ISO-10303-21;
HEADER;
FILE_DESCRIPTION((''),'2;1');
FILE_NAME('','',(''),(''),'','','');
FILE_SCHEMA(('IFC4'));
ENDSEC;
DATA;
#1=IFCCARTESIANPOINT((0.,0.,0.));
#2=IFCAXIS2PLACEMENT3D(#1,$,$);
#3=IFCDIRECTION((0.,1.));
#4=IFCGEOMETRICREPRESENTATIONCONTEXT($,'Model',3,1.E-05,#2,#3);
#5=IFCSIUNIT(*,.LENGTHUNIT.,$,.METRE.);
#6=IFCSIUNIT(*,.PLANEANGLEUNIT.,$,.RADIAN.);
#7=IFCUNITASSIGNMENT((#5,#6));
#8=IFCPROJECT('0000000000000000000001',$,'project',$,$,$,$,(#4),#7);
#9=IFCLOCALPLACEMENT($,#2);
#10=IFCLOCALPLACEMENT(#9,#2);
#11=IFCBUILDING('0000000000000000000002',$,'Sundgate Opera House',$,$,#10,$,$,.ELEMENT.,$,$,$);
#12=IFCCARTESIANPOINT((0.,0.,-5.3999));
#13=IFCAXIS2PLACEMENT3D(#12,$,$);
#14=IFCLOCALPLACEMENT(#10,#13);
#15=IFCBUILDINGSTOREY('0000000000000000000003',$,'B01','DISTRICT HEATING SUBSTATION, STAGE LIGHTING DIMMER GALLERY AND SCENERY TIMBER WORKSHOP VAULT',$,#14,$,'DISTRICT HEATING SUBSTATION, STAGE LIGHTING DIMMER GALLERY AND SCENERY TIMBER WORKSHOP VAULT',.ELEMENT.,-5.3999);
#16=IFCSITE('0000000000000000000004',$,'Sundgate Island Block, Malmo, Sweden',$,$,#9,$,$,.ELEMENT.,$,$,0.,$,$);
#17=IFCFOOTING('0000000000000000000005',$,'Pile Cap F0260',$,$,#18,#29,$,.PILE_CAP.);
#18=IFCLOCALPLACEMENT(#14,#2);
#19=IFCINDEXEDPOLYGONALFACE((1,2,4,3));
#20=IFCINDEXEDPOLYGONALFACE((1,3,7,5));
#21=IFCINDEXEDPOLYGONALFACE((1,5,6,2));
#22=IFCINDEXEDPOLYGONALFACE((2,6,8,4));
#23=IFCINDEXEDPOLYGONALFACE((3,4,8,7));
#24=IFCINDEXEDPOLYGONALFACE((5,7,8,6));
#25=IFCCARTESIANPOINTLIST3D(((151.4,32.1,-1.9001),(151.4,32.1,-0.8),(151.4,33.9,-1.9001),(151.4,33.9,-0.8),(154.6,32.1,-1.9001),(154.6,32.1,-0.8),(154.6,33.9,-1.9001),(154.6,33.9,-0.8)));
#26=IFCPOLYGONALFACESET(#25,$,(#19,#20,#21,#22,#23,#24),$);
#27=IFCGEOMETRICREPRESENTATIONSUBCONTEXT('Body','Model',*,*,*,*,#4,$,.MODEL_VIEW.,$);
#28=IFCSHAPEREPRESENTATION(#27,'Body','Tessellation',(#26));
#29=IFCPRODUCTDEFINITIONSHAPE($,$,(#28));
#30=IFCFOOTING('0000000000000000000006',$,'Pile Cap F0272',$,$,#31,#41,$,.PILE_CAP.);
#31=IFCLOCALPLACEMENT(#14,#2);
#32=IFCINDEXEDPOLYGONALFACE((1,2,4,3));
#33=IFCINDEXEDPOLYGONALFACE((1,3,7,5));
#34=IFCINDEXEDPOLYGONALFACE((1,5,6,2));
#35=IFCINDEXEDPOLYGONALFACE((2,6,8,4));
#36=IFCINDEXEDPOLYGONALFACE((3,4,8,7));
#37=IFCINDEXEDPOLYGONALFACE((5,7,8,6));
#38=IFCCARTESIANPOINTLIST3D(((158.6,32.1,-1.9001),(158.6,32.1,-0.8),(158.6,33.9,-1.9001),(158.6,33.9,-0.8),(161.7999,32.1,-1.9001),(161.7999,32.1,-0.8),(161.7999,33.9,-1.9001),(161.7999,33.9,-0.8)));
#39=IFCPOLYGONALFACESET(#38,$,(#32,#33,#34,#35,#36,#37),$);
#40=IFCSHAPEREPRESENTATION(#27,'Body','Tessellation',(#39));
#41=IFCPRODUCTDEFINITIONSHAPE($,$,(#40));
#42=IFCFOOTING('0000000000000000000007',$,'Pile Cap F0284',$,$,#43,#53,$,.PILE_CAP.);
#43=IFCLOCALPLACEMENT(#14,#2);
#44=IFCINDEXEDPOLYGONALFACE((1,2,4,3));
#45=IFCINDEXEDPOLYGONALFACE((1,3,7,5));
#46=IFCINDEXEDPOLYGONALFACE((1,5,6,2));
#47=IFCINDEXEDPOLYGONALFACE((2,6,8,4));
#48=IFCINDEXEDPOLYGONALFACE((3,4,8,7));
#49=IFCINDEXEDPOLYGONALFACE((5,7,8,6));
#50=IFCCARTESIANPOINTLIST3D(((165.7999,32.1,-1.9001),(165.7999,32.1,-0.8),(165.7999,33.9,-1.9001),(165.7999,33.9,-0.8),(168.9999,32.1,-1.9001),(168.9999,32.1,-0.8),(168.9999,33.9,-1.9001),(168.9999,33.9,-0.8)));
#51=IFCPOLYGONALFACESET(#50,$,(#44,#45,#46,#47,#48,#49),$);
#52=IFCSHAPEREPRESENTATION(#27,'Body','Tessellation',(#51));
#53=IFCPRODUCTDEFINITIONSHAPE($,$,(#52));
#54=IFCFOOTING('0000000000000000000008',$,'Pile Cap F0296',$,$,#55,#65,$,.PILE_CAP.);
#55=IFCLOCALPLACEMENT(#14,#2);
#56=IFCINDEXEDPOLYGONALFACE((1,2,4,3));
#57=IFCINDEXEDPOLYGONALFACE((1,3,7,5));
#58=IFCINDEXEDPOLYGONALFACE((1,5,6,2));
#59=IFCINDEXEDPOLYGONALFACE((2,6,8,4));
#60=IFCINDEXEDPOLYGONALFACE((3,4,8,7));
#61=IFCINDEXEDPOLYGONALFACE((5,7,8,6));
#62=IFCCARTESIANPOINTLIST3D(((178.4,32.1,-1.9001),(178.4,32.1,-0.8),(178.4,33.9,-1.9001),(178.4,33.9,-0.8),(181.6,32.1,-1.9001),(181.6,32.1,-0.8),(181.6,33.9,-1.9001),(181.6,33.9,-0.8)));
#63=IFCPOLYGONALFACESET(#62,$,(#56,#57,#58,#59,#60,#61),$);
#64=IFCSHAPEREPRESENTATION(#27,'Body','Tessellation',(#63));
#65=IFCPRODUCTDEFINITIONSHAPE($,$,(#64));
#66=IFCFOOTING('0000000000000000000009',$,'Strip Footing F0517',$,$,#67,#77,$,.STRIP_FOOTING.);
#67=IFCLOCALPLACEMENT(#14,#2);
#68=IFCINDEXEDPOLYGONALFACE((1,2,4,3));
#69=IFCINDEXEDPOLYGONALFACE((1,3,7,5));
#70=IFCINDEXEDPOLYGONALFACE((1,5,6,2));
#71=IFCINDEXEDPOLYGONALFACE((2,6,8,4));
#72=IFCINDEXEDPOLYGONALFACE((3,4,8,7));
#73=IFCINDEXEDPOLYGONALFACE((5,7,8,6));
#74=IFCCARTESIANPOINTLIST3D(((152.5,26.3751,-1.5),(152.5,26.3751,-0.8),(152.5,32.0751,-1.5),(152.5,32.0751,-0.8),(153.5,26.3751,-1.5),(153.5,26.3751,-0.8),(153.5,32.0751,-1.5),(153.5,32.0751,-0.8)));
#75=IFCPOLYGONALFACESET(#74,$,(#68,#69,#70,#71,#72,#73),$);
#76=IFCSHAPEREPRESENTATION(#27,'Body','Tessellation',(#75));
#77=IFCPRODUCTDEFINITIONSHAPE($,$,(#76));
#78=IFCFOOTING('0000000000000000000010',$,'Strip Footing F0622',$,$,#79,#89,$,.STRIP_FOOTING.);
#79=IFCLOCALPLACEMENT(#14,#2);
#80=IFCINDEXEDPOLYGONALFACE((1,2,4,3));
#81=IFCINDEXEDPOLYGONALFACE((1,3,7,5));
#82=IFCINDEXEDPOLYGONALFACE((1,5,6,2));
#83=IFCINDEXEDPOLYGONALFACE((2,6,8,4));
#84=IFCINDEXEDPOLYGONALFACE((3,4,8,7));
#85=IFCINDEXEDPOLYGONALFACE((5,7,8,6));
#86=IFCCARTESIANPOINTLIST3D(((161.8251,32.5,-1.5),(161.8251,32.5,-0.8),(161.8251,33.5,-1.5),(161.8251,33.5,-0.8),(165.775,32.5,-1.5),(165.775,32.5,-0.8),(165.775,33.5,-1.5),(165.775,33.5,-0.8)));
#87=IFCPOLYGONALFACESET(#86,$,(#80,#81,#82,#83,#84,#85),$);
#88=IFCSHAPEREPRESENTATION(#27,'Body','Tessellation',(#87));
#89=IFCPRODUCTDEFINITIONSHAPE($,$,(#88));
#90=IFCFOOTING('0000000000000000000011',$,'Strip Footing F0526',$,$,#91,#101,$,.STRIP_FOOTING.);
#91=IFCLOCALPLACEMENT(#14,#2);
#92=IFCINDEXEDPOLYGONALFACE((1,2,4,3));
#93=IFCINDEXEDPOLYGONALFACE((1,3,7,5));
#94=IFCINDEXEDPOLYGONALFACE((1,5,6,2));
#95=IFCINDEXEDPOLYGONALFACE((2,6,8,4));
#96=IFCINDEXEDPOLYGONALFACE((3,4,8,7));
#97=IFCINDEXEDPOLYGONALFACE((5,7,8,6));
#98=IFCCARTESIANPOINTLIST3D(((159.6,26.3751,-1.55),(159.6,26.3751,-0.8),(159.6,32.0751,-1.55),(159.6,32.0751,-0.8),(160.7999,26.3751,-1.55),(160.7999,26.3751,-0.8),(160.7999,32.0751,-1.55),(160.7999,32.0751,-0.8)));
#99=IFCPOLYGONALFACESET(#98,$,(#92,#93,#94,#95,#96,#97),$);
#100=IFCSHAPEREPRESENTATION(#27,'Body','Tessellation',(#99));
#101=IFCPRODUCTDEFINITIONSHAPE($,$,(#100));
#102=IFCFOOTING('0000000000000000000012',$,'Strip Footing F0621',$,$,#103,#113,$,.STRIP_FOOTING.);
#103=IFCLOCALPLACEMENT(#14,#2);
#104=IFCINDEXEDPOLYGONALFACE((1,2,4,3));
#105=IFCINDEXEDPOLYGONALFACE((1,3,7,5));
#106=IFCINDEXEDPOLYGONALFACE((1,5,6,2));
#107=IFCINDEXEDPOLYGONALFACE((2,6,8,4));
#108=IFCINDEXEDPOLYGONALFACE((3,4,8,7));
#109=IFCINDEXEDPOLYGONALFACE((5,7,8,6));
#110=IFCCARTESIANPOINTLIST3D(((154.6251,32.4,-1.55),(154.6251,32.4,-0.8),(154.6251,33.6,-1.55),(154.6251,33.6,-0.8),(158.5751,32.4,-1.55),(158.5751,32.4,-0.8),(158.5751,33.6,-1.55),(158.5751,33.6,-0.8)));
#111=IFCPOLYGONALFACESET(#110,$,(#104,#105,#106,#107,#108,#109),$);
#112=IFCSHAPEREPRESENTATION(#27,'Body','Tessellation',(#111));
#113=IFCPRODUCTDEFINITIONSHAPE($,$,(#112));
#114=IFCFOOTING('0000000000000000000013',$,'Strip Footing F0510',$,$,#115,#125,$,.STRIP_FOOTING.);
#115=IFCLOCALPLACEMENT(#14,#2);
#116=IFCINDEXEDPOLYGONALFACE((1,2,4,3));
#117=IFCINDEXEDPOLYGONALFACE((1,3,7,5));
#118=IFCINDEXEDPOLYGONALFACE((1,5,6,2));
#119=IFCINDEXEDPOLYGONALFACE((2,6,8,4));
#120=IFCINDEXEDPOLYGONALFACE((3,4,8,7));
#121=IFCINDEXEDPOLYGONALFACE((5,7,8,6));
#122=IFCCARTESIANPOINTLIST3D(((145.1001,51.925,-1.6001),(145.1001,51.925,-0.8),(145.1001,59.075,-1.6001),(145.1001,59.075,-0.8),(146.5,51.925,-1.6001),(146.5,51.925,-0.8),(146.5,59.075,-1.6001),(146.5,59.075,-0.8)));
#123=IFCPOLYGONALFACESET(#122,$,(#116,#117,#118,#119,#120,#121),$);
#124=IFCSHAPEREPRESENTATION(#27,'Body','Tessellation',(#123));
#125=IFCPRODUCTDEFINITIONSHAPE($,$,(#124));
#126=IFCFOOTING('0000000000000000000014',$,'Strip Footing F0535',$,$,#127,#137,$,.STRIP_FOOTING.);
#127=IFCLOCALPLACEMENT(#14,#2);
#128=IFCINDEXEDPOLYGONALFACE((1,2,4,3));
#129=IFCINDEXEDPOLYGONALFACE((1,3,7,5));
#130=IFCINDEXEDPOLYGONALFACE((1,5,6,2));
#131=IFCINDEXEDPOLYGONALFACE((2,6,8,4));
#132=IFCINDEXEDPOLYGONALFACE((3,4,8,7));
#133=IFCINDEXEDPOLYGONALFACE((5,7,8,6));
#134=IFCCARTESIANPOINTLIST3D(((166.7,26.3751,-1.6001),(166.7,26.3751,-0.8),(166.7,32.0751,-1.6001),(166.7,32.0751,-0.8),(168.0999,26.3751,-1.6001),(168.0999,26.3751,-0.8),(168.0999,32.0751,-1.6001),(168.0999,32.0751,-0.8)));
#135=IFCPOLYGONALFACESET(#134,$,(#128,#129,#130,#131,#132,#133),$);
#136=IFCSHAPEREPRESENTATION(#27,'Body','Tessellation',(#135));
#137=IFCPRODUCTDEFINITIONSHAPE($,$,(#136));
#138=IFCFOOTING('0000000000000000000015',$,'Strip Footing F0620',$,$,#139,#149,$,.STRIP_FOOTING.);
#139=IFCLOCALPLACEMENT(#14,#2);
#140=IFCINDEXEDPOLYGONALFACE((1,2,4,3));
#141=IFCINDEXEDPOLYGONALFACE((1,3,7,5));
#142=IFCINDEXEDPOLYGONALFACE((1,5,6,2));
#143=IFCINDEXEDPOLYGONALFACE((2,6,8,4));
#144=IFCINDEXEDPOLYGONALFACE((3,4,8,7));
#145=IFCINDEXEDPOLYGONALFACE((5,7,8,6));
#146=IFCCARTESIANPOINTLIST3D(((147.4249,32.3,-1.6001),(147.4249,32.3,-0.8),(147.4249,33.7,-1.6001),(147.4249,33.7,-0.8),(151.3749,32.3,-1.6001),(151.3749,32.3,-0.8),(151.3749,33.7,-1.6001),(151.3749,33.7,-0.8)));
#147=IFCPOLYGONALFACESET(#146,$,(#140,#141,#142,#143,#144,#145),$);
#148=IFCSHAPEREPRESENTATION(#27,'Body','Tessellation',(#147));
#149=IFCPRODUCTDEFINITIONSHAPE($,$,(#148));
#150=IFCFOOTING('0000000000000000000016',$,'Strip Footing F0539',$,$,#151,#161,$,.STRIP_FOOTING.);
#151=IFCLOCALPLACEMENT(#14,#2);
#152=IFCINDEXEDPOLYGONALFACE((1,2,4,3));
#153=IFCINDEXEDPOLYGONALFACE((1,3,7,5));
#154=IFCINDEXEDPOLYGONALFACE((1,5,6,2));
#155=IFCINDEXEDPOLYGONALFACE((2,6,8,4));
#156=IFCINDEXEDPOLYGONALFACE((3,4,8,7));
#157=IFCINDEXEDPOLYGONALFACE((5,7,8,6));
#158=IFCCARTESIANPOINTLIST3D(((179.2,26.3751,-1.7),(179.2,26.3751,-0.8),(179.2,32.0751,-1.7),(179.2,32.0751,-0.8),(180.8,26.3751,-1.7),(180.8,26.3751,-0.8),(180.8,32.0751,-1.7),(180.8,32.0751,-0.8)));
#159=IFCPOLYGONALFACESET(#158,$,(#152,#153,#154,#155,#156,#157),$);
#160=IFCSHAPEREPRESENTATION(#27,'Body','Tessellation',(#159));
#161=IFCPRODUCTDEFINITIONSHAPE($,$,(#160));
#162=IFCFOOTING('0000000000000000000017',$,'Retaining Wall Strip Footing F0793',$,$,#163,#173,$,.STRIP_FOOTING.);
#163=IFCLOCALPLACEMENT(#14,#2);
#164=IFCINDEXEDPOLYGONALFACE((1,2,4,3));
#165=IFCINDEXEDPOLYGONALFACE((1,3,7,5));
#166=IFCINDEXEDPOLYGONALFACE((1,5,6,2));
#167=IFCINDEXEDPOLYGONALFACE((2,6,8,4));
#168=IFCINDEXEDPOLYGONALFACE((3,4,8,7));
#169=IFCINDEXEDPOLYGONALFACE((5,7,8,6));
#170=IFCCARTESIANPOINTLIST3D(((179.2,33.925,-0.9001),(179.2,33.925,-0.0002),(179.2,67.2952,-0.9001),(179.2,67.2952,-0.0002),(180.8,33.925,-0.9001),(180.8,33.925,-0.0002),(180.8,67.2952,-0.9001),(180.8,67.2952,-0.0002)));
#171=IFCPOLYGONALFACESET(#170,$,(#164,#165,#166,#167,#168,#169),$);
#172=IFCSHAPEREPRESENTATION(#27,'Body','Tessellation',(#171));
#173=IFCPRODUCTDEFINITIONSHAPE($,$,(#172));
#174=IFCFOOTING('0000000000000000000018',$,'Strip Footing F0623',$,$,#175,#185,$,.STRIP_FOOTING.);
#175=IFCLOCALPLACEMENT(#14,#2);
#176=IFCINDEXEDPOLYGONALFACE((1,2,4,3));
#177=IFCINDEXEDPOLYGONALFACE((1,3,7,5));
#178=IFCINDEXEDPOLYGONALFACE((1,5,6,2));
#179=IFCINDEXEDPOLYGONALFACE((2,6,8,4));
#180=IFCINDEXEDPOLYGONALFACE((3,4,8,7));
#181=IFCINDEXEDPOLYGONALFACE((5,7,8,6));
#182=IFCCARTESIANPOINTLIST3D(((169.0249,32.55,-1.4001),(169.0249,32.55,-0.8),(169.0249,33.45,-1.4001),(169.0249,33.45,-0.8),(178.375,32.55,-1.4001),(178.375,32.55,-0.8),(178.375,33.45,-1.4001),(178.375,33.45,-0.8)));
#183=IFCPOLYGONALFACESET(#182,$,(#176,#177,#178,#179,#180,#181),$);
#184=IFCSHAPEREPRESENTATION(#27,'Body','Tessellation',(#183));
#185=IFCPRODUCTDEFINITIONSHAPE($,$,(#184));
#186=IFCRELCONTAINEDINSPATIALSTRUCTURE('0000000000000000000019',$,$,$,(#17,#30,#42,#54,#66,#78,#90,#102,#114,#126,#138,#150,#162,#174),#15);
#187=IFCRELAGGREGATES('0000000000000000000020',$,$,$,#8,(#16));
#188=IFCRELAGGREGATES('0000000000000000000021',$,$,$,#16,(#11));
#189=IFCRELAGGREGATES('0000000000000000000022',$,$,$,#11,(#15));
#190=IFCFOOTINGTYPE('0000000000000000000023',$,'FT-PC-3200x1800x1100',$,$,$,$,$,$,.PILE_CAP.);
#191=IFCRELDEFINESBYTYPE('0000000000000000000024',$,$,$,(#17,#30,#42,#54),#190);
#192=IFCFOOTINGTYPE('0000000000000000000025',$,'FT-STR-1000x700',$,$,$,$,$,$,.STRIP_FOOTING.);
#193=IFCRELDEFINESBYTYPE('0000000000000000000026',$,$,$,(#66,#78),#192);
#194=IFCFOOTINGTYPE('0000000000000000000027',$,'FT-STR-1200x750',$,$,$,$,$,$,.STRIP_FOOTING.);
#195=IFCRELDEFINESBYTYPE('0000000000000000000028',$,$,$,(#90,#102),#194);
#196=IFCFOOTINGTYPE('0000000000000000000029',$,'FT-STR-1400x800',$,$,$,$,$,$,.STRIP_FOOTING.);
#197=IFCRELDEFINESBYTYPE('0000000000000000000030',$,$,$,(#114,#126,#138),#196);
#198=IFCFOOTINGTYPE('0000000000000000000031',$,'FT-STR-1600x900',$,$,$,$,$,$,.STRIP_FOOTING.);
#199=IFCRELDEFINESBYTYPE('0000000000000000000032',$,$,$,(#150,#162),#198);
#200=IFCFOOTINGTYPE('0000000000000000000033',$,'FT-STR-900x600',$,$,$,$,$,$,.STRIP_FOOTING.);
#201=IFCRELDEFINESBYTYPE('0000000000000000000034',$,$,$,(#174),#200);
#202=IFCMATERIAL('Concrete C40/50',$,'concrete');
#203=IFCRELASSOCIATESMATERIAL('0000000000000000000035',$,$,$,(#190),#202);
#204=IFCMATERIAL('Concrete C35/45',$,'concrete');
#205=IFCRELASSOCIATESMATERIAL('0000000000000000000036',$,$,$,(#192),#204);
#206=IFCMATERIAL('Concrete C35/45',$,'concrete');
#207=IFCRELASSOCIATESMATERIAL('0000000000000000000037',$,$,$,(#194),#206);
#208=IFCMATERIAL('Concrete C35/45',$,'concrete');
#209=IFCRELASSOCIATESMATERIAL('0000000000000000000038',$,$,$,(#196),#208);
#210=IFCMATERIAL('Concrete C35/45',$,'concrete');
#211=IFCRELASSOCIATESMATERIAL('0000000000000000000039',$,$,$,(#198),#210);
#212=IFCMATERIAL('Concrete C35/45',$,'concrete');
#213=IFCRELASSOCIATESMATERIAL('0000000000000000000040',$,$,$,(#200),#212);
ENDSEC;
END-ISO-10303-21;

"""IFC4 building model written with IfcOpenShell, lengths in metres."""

from ifc_helpers import new_model, si_unit, direction, frame, origin, origin_2d, place, context, subcontext, project, spatial, rectangle, extrude, material, type_object, element, save


model = new_model("IFC4")

# Units and contexts
model_context = context("Model", 3, precision=1e-05, world=origin(), true_north=direction((0.0, 1.0)))
body_context = subcontext(model_context, "Body", "Model", "MODEL_VIEW")
ifc_project = project(units=[si_unit("LENGTHUNIT", "METRE"), si_unit("PLANEANGLEUNIT", "RADIAN")], contexts=[model_context])

# Site, building, storey
site_placement = place(None, origin())
site = spatial("IfcSite", under=ifc_project, at=site_placement, Name="Sundgate Island Block, Malmo, Sweden", CompositionType="ELEMENT", RefElevation=0.0)
building_placement = place(site_placement, origin())
building = spatial("IfcBuilding", under=site, at=building_placement, Name="Sundgate Opera House", CompositionType="ELEMENT")
storey_placement = place(building_placement, frame((0.0, 0.0, -5.3999)))
storey = spatial("IfcBuildingStorey", under=building, at=storey_placement, Name="B01", Description="DISTRICT HEATING SUBSTATION, STAGE LIGHTING DIMMER GALLERY AND SCENERY TIMBER WORKSHOP VAULT", LongName="DISTRICT HEATING SUBSTATION, STAGE LIGHTING DIMMER GALLERY AND SCENERY TIMBER WORKSHOP VAULT", CompositionType="ELEMENT", Elevation=-5.3999)

# Footings
ifc_material_1 = material(Name="Concrete C40/50", Category="concrete")
footing_type_1 = type_object("IfcFootingType", Name="FT-PC-3200x1800x1100", PredefinedType="PILE_CAP", material=ifc_material_1)
for number, where, z_axis, x_axis, name in (
    (1, (153.0, 33.0, -1.9001), (0.0, 0.0, 1.0), (1.0, 0.0, 0.0), "Pile Cap F0260"),
    (2, (160.2, 33.0, -1.9001), (0.0, 0.0, 1.0), (1.0, 0.0, 0.0), "Pile Cap F0272"),
    (3, (167.3999, 33.0, -1.9001), (0.0, 0.0, 1.0), (1.0, 0.0, 0.0), "Pile Cap F0284"),
    (4, (180.0, 33.0, -1.9001), (0.0, 0.0, 1.0), (1.0, 0.0, 0.0), "Pile Cap F0296"),
):
    element("IfcFooting", number, at=place(storey_placement, frame(where, z_axis=z_axis, x_axis=x_axis)), inside=storey, type_object=footing_type_1, Name=name, PredefinedType="PILE_CAP", context=body_context, shape_type="SweptSolid", body=[
        extrude(rectangle(XDim=3.2, YDim=1.8, at=origin_2d()), origin(), (0.0, 0.0, 1.0), 1.1001),
    ])
ifc_material_2 = material(Name="Concrete C35/45", Category="concrete")
footing_type_2 = type_object("IfcFootingType", Name="FT-STR-1000x700", PredefinedType="STRIP_FOOTING", material=ifc_material_2)
footing_1_placement = place(storey_placement, frame((153.0, 29.2251, -1.5), z_axis=(0.0, 0.0, 1.0), x_axis=(1.0, 0.0, 0.0)))
element("IfcFooting", 5, at=footing_1_placement, inside=storey, type_object=footing_type_2, Name="Strip Footing F0517", PredefinedType="STRIP_FOOTING", context=body_context, shape_type="SweptSolid", body=[
    extrude(rectangle(XDim=1.0, YDim=5.7, at=origin_2d()), origin(), (0.0, 0.0, 1.0), 0.7),
])
footing_2_placement = place(storey_placement, frame((163.8, 33.0, -1.5), z_axis=(0.0, 0.0, 1.0), x_axis=(1.0, 0.0, 0.0)))
element("IfcFooting", 6, at=footing_2_placement, inside=storey, type_object=footing_type_2, Name="Strip Footing F0622", PredefinedType="STRIP_FOOTING", context=body_context, shape_type="SweptSolid", body=[
    extrude(rectangle(XDim=3.95, YDim=1.0, at=origin_2d()), origin(), (0.0, 0.0, 1.0), 0.7),
])
ifc_material_3 = material(Name="Concrete C35/45", Category="concrete")
footing_type_3 = type_object("IfcFootingType", Name="FT-STR-1200x750", PredefinedType="STRIP_FOOTING", material=ifc_material_3)
footing_3_placement = place(storey_placement, frame((160.2, 29.2251, -1.55), z_axis=(0.0, 0.0, 1.0), x_axis=(1.0, 0.0, 0.0)))
element("IfcFooting", 7, at=footing_3_placement, inside=storey, type_object=footing_type_3, Name="Strip Footing F0526", PredefinedType="STRIP_FOOTING", context=body_context, shape_type="SweptSolid", body=[
    extrude(rectangle(XDim=1.2, YDim=5.7, at=origin_2d()), origin(), (0.0, 0.0, 1.0), 0.75),
])
footing_4_placement = place(storey_placement, frame((156.6001, 33.0, -1.55), z_axis=(0.0, 0.0, 1.0), x_axis=(1.0, 0.0, 0.0)))
element("IfcFooting", 8, at=footing_4_placement, inside=storey, type_object=footing_type_3, Name="Strip Footing F0621", PredefinedType="STRIP_FOOTING", context=body_context, shape_type="SweptSolid", body=[
    extrude(rectangle(XDim=3.95, YDim=1.2, at=origin_2d()), origin(), (0.0, 0.0, 1.0), 0.75),
])
ifc_material_4 = material(Name="Concrete C35/45", Category="concrete")
footing_type_4 = type_object("IfcFootingType", Name="FT-STR-1400x800", PredefinedType="STRIP_FOOTING", material=ifc_material_4)
footing_5_placement = place(storey_placement, frame((145.8, 55.5, -1.6001), z_axis=(0.0, 0.0, 1.0), x_axis=(1.0, 0.0, 0.0)))
element("IfcFooting", 9, at=footing_5_placement, inside=storey, type_object=footing_type_4, Name="Strip Footing F0510", PredefinedType="STRIP_FOOTING", context=body_context, shape_type="SweptSolid", body=[
    extrude(rectangle(XDim=1.3999, YDim=7.1499, at=origin_2d()), origin(), (0.0, 0.0, 1.0), 0.8),
])
footing_6_placement = place(storey_placement, frame((167.3999, 29.2251, -1.6001), z_axis=(0.0, 0.0, 1.0), x_axis=(1.0, 0.0, 0.0)))
element("IfcFooting", 10, at=footing_6_placement, inside=storey, type_object=footing_type_4, Name="Strip Footing F0535", PredefinedType="STRIP_FOOTING", context=body_context, shape_type="SweptSolid", body=[
    extrude(rectangle(XDim=1.3999, YDim=5.7, at=origin_2d()), origin(), (0.0, 0.0, 1.0), 0.8),
])
footing_7_placement = place(storey_placement, frame((149.3999, 33.0, -1.6001), z_axis=(0.0, 0.0, 1.0), x_axis=(1.0, 0.0, 0.0)))
element("IfcFooting", 11, at=footing_7_placement, inside=storey, type_object=footing_type_4, Name="Strip Footing F0620", PredefinedType="STRIP_FOOTING", context=body_context, shape_type="SweptSolid", body=[
    extrude(rectangle(XDim=3.95, YDim=1.3999, at=origin_2d()), origin(), (0.0, 0.0, 1.0), 0.8),
])
ifc_material_5 = material(Name="Concrete C35/45", Category="concrete")
footing_type_5 = type_object("IfcFootingType", Name="FT-STR-1600x900", PredefinedType="STRIP_FOOTING", material=ifc_material_5)
footing_8_placement = place(storey_placement, frame((180.0, 29.2251, -1.7), z_axis=(0.0, 0.0, 1.0), x_axis=(1.0, 0.0, 0.0)))
element("IfcFooting", 12, at=footing_8_placement, inside=storey, type_object=footing_type_5, Name="Strip Footing F0539", PredefinedType="STRIP_FOOTING", context=body_context, shape_type="SweptSolid", body=[
    extrude(rectangle(XDim=1.6001, YDim=5.7, at=origin_2d()), origin(), (0.0, 0.0, 1.0), 0.8999),
])
footing_9_placement = place(storey_placement, frame((180.0, 50.6101, -0.9001), z_axis=(0.0, 0.0, 1.0), x_axis=(1.0, 0.0, 0.0)))
element("IfcFooting", 13, at=footing_9_placement, inside=storey, type_object=footing_type_5, Name="Retaining Wall Strip Footing F0793", PredefinedType="STRIP_FOOTING", context=body_context, shape_type="SweptSolid", body=[
    extrude(rectangle(XDim=1.6001, YDim=33.3701, at=origin_2d()), origin(), (0.0, 0.0, 1.0), 0.8999),
])
ifc_material_6 = material(Name="Concrete C35/45", Category="concrete")
footing_type_6 = type_object("IfcFootingType", Name="FT-STR-900x600", PredefinedType="STRIP_FOOTING", material=ifc_material_6)
footing_10_placement = place(storey_placement, frame((173.7, 33.0, -1.4001), z_axis=(0.0, 0.0, 1.0), x_axis=(1.0, 0.0, 0.0)))
element("IfcFooting", 14, at=footing_10_placement, inside=storey, type_object=footing_type_6, Name="Strip Footing F0623", PredefinedType="STRIP_FOOTING", context=body_context, shape_type="SweptSolid", body=[
    extrude(rectangle(XDim=9.3501, YDim=0.8999, at=origin_2d()), origin(), (0.0, 0.0, 1.0), 0.6001),
])

save(model, "model.ifc")
